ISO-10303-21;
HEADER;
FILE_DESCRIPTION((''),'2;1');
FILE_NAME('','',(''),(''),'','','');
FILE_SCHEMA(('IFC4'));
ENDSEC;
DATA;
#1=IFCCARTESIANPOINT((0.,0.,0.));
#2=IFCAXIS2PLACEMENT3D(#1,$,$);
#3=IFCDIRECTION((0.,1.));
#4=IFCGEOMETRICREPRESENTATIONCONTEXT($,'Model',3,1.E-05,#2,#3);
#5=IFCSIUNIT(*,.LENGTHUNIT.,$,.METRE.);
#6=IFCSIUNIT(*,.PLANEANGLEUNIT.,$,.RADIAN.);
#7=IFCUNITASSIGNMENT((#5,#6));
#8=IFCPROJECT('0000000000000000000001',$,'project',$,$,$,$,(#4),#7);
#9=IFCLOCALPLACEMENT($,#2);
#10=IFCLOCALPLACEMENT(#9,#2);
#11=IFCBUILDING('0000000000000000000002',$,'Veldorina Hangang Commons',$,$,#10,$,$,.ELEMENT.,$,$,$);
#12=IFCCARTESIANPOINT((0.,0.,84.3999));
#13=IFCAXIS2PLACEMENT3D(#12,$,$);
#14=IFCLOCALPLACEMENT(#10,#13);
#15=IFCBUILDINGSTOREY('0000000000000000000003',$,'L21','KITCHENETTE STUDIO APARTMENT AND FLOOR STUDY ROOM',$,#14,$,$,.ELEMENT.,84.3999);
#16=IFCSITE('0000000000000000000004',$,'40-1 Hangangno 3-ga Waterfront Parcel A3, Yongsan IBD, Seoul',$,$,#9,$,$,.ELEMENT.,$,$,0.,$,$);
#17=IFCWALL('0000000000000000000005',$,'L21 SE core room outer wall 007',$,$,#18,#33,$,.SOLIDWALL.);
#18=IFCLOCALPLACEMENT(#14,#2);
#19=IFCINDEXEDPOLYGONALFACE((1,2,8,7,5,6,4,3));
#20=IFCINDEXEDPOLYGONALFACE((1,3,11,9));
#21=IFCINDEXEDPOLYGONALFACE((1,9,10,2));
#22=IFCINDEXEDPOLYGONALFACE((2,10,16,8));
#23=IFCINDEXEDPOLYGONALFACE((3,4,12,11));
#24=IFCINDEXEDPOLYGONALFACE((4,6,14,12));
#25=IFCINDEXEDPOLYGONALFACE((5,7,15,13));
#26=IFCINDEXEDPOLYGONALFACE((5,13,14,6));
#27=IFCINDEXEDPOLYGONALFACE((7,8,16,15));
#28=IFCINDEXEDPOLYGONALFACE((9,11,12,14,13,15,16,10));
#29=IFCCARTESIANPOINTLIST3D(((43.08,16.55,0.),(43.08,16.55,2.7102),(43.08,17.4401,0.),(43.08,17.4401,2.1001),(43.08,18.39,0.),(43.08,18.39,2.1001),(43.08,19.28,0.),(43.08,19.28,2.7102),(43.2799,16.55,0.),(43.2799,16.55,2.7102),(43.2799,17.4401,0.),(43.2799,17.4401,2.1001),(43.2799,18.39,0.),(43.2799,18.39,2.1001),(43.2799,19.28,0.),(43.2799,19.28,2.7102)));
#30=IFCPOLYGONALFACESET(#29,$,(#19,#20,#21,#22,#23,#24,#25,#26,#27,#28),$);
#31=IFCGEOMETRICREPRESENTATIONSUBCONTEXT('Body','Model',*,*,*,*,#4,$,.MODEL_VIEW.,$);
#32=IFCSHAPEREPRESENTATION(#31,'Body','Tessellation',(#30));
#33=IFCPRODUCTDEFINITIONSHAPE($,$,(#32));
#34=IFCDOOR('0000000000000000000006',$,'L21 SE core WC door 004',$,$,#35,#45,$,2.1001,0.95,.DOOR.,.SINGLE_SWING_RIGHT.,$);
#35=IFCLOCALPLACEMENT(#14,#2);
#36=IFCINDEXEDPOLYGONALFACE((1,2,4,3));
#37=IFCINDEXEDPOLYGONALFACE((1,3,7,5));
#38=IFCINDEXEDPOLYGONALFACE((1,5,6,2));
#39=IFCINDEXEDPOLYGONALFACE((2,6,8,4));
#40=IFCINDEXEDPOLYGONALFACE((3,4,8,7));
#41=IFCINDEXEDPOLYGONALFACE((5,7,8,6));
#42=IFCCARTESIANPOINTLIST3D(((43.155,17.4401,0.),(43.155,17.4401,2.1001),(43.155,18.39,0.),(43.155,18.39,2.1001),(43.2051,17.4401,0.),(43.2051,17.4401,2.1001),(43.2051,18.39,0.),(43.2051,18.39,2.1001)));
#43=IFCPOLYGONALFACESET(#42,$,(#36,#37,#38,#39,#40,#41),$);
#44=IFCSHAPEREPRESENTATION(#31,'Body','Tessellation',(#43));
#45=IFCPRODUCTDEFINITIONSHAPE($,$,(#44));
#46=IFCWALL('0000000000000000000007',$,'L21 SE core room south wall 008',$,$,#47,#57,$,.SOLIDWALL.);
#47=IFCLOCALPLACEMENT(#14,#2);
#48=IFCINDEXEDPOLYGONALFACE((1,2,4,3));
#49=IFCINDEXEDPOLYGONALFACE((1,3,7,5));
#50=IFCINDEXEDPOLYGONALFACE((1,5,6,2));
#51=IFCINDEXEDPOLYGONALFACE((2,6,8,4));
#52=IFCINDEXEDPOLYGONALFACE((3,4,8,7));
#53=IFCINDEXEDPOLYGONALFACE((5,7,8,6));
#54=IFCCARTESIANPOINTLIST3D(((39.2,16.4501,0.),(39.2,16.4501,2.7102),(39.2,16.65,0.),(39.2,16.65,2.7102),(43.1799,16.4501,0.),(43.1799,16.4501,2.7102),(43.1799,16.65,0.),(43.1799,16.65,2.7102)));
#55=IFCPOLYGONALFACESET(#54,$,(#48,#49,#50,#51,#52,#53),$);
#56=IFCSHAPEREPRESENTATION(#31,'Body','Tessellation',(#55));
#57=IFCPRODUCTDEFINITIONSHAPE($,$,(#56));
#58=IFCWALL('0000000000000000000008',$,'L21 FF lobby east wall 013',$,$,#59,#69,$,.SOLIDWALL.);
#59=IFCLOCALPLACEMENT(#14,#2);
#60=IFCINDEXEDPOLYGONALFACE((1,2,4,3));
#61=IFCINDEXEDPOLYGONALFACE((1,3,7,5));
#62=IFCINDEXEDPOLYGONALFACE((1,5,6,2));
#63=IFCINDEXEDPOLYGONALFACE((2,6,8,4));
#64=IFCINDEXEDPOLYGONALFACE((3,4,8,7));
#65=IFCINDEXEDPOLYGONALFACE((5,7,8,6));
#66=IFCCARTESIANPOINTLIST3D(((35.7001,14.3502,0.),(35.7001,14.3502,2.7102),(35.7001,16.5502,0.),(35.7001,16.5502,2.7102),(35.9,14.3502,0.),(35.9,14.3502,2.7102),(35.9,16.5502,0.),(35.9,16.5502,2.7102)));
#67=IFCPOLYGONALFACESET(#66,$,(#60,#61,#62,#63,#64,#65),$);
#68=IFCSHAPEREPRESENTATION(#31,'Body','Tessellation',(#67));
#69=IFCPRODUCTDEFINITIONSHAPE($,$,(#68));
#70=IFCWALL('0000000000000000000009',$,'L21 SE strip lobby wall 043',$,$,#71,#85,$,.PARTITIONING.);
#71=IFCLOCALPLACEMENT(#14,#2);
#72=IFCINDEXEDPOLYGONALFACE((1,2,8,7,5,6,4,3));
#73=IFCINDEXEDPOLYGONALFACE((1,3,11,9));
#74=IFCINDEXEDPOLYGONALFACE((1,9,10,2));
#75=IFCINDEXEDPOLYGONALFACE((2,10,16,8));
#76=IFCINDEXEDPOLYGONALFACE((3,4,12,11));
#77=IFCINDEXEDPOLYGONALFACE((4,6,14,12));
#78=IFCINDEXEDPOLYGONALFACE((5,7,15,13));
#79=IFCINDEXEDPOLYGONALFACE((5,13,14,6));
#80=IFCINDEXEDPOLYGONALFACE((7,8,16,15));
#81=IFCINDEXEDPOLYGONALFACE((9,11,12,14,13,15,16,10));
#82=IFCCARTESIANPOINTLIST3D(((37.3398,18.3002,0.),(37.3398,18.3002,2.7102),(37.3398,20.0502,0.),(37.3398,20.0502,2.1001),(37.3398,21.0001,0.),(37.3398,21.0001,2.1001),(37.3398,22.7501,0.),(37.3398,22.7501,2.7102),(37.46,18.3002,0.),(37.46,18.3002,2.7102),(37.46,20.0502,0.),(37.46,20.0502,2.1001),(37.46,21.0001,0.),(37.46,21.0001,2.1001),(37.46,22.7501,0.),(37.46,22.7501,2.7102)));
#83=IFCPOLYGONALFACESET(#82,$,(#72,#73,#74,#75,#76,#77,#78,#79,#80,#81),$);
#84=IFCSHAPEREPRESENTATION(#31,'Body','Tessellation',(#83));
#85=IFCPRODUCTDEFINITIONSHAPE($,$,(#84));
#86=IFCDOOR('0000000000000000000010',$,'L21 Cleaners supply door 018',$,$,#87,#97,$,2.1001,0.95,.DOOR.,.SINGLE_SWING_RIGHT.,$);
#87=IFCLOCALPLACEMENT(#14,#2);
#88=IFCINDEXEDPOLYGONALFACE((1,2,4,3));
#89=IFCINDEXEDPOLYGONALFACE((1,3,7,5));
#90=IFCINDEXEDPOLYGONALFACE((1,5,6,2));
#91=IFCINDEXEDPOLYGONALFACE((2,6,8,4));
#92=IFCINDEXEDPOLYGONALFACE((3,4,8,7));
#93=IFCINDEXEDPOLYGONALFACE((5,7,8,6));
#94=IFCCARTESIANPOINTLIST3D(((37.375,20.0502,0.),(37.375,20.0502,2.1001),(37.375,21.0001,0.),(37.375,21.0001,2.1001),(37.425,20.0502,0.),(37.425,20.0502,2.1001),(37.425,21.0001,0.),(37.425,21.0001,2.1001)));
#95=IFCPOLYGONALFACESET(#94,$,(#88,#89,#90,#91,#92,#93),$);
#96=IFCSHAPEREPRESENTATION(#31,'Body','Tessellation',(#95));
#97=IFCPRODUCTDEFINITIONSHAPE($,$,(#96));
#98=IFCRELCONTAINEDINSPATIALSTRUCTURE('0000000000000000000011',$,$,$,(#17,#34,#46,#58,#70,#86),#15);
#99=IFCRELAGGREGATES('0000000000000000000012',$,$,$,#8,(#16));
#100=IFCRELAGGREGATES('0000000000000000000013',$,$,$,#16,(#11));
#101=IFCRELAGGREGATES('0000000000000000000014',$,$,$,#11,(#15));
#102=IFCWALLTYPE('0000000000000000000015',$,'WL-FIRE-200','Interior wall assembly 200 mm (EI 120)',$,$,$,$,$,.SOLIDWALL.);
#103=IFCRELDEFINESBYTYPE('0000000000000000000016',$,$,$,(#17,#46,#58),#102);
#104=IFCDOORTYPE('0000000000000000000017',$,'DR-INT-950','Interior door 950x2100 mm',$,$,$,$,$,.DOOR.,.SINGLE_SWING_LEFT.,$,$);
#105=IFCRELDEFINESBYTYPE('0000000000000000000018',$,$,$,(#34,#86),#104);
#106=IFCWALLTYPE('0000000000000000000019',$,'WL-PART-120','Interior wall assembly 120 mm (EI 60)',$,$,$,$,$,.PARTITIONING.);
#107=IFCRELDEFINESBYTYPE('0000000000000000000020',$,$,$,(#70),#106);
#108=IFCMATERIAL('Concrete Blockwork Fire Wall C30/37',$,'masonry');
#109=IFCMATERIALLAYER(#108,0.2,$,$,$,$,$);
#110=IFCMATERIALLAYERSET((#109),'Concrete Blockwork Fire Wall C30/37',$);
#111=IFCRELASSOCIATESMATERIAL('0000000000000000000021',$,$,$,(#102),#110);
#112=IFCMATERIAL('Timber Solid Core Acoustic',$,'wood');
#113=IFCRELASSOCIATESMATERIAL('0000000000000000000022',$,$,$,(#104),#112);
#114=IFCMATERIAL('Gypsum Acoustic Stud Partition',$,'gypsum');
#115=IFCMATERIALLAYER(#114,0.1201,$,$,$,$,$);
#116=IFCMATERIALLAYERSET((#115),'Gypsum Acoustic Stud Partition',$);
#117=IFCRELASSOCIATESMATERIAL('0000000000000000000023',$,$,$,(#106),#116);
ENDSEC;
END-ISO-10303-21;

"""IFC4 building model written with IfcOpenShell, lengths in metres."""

from ifc_helpers import new_model, si_unit, direction, frame, frame_2d, origin, place, context, subcontext, project, spatial, rectangle, extrude, material, layer, layer_set, type_object, element, fill, save


model = new_model("IFC4")

# Units and contexts
model_context = context("Model", 3, precision=1e-05, world=origin(), true_north=direction((0.0, 1.0)))
body_context = subcontext(model_context, "Body", "Model", "MODEL_VIEW")
ifc_project = project(units=[si_unit("LENGTHUNIT", "METRE"), si_unit("PLANEANGLEUNIT", "RADIAN")], contexts=[model_context])

# Site, building, storey
site_placement = place(None, origin())
site = spatial("IfcSite", under=ifc_project, at=site_placement, Name="40-1 Hangangno 3-ga Waterfront Parcel A3, Yongsan IBD, Seoul", CompositionType="ELEMENT", RefElevation=0.0)
building_placement = place(site_placement, origin())
building = spatial("IfcBuilding", under=site, at=building_placement, Name="Veldorina Hangang Commons", CompositionType="ELEMENT")
storey_placement = place(building_placement, frame((0.0, 0.0, 84.3999)))
storey = spatial("IfcBuildingStorey", under=building, at=storey_placement, Name="L21", Description="KITCHENETTE STUDIO APARTMENT AND FLOOR STUDY ROOM", CompositionType="ELEMENT", Elevation=84.3999)

# Shared definitions
ifc_material_1 = material(Name="Timber Solid Core Acoustic", Category="wood")

# Wall, opening, door
ifc_material_2 = material(Name="Concrete Blockwork Fire Wall C30/37", Category="masonry")
ifc_layer_1 = layer(ifc_material_2, 0.2)
ifc_layer_set_1 = layer_set([ifc_layer_1], Name="Concrete Blockwork Fire Wall C30/37")
wall_type_1 = type_object("IfcWallType", Name="WL-FIRE-200", Description="Interior wall assembly 200 mm (EI 120)", PredefinedType="SOLIDWALL", material=ifc_layer_set_1)
wall_1_placement = place(storey_placement, frame((43.1799, 16.55, 0.0), z_axis=(0.0, 0.0, 1.0), x_axis=(0.0, 1.0, 0.0)))
wall_1 = element("IfcWall", 1, at=wall_1_placement, inside=storey, type_object=wall_type_1, Name="L21 SE core room outer wall 007", PredefinedType="SOLIDWALL", context=body_context, shape_type="SweptSolid", body=[
    extrude(rectangle(XDim=2.73, YDim=0.2, at=frame_2d((1.365, 0.0))), origin(), (0.0, 0.0, 1.0), 2.7102),
])
opening_1_placement = place(wall_1_placement, frame((0.8899, 0.0, 0.0)))
opening_1 = element("IfcOpeningElement", 2, at=opening_1_placement, cuts=wall_1, PredefinedType="OPENING", context=body_context, shape_type="SweptSolid", body=[
    extrude(rectangle(XDim=0.95, YDim=2.1001, at=frame_2d((0.4751, 1.05))), frame((0.0, 0.1099, 0.0), z_axis=(0.0, -1.0, 0.0), x_axis=(1.0, 0.0, 0.0)), (0.0, 0.0, 1.0), 0.22),
])
door_type_1 = type_object("IfcDoorType", Name="DR-INT-950", Description="Interior door 950x2100 mm", OperationType="SINGLE_SWING_LEFT", PredefinedType="DOOR", material=ifc_material_1)
door_1_placement = place(opening_1_placement, origin())
door_1 = element("IfcDoor", 3, at=door_1_placement, inside=storey, type_object=door_type_1, Name="L21 SE core WC door 004", OperationType="SINGLE_SWING_RIGHT", OverallHeight=2.1001, OverallWidth=0.95, PredefinedType="DOOR", context=body_context, shape_type="SweptSolid", body=[
    extrude(rectangle(XDim=0.95, YDim=2.1001, at=frame_2d((0.4751, 1.05))), frame((0.0, 0.0249, 0.0), z_axis=(0.0, -1.0, 0.0), x_axis=(1.0, 0.0, 0.0)), (0.0, 0.0, 1.0), 0.05),
])
fill(opening_1, door_1)

# Walls
wall_2_placement = place(storey_placement, frame((39.2, 16.55, 0.0), z_axis=(0.0, 0.0, 1.0), x_axis=(1.0, 0.0, 0.0)))
element("IfcWall", 4, at=wall_2_placement, inside=storey, type_object=wall_type_1, Name="L21 SE core room south wall 008", PredefinedType="SOLIDWALL", context=body_context, shape_type="SweptSolid", body=[
    extrude(rectangle(XDim=3.98, YDim=0.2, at=frame_2d((1.99, 0.0))), origin(), (0.0, 0.0, 1.0), 2.7102),
])
wall_3_placement = place(storey_placement, frame((35.8, 14.3501, 0.0), z_axis=(0.0, 0.0, 1.0), x_axis=(0.0, 1.0, 0.0)))
element("IfcWall", 5, at=wall_3_placement, inside=storey, type_object=wall_type_1, Name="L21 FF lobby east wall 013", PredefinedType="SOLIDWALL", context=body_context, shape_type="SweptSolid", body=[
    extrude(rectangle(XDim=2.2, YDim=0.2, at=frame_2d((1.1001, 0.0))), origin(), (0.0, 0.0, 1.0), 2.7102),
])

# Wall, opening, door
ifc_material_3 = material(Name="Gypsum Acoustic Stud Partition", Category="gypsum")
ifc_layer_2 = layer(ifc_material_3, 0.1201)
ifc_layer_set_2 = layer_set([ifc_layer_2], Name="Gypsum Acoustic Stud Partition")
wall_type_2 = type_object("IfcWallType", Name="WL-PART-120", Description="Interior wall assembly 120 mm (EI 60)", PredefinedType="PARTITIONING", material=ifc_layer_set_2)
wall_4_placement = place(storey_placement, frame((37.3999, 18.3, 0.0), z_axis=(0.0, 0.0, 1.0), x_axis=(0.0, 1.0, 0.0)))
wall_4 = element("IfcWall", 6, at=wall_4_placement, inside=storey, type_object=wall_type_2, Name="L21 SE strip lobby wall 043", PredefinedType="PARTITIONING", context=body_context, shape_type="SweptSolid", body=[
    extrude(rectangle(XDim=4.45, YDim=0.1201, at=frame_2d((2.2251, 0.0))), origin(), (0.0, 0.0, 1.0), 2.7102),
])
opening_2_placement = place(wall_4_placement, frame((1.75, 0.0, 0.0)))
opening_2 = element("IfcOpeningElement", 7, at=opening_2_placement, cuts=wall_4, PredefinedType="OPENING", context=body_context, shape_type="SweptSolid", body=[
    extrude(rectangle(XDim=0.95, YDim=2.1001, at=frame_2d((0.4751, 1.05))), frame((0.0, 0.0701, 0.0), z_axis=(0.0, -1.0, 0.0), x_axis=(1.0, 0.0, 0.0)), (0.0, 0.0, 1.0), 0.1401),
])
door_2_placement = place(opening_2_placement, origin())
door_2 = element("IfcDoor", 8, at=door_2_placement, inside=storey, type_object=door_type_1, Name="L21 Cleaners supply door 018", OperationType="SINGLE_SWING_RIGHT", OverallHeight=2.1001, OverallWidth=0.95, PredefinedType="DOOR", context=body_context, shape_type="SweptSolid", body=[
    extrude(rectangle(XDim=0.95, YDim=2.1001, at=frame_2d((0.4751, 1.05))), frame((0.0, 0.0249, 0.0), z_axis=(0.0, -1.0, 0.0), x_axis=(1.0, 0.0, 0.0)), (0.0, 0.0, 1.0), 0.05),
])
fill(opening_2, door_2)

save(model, "model.ifc")
